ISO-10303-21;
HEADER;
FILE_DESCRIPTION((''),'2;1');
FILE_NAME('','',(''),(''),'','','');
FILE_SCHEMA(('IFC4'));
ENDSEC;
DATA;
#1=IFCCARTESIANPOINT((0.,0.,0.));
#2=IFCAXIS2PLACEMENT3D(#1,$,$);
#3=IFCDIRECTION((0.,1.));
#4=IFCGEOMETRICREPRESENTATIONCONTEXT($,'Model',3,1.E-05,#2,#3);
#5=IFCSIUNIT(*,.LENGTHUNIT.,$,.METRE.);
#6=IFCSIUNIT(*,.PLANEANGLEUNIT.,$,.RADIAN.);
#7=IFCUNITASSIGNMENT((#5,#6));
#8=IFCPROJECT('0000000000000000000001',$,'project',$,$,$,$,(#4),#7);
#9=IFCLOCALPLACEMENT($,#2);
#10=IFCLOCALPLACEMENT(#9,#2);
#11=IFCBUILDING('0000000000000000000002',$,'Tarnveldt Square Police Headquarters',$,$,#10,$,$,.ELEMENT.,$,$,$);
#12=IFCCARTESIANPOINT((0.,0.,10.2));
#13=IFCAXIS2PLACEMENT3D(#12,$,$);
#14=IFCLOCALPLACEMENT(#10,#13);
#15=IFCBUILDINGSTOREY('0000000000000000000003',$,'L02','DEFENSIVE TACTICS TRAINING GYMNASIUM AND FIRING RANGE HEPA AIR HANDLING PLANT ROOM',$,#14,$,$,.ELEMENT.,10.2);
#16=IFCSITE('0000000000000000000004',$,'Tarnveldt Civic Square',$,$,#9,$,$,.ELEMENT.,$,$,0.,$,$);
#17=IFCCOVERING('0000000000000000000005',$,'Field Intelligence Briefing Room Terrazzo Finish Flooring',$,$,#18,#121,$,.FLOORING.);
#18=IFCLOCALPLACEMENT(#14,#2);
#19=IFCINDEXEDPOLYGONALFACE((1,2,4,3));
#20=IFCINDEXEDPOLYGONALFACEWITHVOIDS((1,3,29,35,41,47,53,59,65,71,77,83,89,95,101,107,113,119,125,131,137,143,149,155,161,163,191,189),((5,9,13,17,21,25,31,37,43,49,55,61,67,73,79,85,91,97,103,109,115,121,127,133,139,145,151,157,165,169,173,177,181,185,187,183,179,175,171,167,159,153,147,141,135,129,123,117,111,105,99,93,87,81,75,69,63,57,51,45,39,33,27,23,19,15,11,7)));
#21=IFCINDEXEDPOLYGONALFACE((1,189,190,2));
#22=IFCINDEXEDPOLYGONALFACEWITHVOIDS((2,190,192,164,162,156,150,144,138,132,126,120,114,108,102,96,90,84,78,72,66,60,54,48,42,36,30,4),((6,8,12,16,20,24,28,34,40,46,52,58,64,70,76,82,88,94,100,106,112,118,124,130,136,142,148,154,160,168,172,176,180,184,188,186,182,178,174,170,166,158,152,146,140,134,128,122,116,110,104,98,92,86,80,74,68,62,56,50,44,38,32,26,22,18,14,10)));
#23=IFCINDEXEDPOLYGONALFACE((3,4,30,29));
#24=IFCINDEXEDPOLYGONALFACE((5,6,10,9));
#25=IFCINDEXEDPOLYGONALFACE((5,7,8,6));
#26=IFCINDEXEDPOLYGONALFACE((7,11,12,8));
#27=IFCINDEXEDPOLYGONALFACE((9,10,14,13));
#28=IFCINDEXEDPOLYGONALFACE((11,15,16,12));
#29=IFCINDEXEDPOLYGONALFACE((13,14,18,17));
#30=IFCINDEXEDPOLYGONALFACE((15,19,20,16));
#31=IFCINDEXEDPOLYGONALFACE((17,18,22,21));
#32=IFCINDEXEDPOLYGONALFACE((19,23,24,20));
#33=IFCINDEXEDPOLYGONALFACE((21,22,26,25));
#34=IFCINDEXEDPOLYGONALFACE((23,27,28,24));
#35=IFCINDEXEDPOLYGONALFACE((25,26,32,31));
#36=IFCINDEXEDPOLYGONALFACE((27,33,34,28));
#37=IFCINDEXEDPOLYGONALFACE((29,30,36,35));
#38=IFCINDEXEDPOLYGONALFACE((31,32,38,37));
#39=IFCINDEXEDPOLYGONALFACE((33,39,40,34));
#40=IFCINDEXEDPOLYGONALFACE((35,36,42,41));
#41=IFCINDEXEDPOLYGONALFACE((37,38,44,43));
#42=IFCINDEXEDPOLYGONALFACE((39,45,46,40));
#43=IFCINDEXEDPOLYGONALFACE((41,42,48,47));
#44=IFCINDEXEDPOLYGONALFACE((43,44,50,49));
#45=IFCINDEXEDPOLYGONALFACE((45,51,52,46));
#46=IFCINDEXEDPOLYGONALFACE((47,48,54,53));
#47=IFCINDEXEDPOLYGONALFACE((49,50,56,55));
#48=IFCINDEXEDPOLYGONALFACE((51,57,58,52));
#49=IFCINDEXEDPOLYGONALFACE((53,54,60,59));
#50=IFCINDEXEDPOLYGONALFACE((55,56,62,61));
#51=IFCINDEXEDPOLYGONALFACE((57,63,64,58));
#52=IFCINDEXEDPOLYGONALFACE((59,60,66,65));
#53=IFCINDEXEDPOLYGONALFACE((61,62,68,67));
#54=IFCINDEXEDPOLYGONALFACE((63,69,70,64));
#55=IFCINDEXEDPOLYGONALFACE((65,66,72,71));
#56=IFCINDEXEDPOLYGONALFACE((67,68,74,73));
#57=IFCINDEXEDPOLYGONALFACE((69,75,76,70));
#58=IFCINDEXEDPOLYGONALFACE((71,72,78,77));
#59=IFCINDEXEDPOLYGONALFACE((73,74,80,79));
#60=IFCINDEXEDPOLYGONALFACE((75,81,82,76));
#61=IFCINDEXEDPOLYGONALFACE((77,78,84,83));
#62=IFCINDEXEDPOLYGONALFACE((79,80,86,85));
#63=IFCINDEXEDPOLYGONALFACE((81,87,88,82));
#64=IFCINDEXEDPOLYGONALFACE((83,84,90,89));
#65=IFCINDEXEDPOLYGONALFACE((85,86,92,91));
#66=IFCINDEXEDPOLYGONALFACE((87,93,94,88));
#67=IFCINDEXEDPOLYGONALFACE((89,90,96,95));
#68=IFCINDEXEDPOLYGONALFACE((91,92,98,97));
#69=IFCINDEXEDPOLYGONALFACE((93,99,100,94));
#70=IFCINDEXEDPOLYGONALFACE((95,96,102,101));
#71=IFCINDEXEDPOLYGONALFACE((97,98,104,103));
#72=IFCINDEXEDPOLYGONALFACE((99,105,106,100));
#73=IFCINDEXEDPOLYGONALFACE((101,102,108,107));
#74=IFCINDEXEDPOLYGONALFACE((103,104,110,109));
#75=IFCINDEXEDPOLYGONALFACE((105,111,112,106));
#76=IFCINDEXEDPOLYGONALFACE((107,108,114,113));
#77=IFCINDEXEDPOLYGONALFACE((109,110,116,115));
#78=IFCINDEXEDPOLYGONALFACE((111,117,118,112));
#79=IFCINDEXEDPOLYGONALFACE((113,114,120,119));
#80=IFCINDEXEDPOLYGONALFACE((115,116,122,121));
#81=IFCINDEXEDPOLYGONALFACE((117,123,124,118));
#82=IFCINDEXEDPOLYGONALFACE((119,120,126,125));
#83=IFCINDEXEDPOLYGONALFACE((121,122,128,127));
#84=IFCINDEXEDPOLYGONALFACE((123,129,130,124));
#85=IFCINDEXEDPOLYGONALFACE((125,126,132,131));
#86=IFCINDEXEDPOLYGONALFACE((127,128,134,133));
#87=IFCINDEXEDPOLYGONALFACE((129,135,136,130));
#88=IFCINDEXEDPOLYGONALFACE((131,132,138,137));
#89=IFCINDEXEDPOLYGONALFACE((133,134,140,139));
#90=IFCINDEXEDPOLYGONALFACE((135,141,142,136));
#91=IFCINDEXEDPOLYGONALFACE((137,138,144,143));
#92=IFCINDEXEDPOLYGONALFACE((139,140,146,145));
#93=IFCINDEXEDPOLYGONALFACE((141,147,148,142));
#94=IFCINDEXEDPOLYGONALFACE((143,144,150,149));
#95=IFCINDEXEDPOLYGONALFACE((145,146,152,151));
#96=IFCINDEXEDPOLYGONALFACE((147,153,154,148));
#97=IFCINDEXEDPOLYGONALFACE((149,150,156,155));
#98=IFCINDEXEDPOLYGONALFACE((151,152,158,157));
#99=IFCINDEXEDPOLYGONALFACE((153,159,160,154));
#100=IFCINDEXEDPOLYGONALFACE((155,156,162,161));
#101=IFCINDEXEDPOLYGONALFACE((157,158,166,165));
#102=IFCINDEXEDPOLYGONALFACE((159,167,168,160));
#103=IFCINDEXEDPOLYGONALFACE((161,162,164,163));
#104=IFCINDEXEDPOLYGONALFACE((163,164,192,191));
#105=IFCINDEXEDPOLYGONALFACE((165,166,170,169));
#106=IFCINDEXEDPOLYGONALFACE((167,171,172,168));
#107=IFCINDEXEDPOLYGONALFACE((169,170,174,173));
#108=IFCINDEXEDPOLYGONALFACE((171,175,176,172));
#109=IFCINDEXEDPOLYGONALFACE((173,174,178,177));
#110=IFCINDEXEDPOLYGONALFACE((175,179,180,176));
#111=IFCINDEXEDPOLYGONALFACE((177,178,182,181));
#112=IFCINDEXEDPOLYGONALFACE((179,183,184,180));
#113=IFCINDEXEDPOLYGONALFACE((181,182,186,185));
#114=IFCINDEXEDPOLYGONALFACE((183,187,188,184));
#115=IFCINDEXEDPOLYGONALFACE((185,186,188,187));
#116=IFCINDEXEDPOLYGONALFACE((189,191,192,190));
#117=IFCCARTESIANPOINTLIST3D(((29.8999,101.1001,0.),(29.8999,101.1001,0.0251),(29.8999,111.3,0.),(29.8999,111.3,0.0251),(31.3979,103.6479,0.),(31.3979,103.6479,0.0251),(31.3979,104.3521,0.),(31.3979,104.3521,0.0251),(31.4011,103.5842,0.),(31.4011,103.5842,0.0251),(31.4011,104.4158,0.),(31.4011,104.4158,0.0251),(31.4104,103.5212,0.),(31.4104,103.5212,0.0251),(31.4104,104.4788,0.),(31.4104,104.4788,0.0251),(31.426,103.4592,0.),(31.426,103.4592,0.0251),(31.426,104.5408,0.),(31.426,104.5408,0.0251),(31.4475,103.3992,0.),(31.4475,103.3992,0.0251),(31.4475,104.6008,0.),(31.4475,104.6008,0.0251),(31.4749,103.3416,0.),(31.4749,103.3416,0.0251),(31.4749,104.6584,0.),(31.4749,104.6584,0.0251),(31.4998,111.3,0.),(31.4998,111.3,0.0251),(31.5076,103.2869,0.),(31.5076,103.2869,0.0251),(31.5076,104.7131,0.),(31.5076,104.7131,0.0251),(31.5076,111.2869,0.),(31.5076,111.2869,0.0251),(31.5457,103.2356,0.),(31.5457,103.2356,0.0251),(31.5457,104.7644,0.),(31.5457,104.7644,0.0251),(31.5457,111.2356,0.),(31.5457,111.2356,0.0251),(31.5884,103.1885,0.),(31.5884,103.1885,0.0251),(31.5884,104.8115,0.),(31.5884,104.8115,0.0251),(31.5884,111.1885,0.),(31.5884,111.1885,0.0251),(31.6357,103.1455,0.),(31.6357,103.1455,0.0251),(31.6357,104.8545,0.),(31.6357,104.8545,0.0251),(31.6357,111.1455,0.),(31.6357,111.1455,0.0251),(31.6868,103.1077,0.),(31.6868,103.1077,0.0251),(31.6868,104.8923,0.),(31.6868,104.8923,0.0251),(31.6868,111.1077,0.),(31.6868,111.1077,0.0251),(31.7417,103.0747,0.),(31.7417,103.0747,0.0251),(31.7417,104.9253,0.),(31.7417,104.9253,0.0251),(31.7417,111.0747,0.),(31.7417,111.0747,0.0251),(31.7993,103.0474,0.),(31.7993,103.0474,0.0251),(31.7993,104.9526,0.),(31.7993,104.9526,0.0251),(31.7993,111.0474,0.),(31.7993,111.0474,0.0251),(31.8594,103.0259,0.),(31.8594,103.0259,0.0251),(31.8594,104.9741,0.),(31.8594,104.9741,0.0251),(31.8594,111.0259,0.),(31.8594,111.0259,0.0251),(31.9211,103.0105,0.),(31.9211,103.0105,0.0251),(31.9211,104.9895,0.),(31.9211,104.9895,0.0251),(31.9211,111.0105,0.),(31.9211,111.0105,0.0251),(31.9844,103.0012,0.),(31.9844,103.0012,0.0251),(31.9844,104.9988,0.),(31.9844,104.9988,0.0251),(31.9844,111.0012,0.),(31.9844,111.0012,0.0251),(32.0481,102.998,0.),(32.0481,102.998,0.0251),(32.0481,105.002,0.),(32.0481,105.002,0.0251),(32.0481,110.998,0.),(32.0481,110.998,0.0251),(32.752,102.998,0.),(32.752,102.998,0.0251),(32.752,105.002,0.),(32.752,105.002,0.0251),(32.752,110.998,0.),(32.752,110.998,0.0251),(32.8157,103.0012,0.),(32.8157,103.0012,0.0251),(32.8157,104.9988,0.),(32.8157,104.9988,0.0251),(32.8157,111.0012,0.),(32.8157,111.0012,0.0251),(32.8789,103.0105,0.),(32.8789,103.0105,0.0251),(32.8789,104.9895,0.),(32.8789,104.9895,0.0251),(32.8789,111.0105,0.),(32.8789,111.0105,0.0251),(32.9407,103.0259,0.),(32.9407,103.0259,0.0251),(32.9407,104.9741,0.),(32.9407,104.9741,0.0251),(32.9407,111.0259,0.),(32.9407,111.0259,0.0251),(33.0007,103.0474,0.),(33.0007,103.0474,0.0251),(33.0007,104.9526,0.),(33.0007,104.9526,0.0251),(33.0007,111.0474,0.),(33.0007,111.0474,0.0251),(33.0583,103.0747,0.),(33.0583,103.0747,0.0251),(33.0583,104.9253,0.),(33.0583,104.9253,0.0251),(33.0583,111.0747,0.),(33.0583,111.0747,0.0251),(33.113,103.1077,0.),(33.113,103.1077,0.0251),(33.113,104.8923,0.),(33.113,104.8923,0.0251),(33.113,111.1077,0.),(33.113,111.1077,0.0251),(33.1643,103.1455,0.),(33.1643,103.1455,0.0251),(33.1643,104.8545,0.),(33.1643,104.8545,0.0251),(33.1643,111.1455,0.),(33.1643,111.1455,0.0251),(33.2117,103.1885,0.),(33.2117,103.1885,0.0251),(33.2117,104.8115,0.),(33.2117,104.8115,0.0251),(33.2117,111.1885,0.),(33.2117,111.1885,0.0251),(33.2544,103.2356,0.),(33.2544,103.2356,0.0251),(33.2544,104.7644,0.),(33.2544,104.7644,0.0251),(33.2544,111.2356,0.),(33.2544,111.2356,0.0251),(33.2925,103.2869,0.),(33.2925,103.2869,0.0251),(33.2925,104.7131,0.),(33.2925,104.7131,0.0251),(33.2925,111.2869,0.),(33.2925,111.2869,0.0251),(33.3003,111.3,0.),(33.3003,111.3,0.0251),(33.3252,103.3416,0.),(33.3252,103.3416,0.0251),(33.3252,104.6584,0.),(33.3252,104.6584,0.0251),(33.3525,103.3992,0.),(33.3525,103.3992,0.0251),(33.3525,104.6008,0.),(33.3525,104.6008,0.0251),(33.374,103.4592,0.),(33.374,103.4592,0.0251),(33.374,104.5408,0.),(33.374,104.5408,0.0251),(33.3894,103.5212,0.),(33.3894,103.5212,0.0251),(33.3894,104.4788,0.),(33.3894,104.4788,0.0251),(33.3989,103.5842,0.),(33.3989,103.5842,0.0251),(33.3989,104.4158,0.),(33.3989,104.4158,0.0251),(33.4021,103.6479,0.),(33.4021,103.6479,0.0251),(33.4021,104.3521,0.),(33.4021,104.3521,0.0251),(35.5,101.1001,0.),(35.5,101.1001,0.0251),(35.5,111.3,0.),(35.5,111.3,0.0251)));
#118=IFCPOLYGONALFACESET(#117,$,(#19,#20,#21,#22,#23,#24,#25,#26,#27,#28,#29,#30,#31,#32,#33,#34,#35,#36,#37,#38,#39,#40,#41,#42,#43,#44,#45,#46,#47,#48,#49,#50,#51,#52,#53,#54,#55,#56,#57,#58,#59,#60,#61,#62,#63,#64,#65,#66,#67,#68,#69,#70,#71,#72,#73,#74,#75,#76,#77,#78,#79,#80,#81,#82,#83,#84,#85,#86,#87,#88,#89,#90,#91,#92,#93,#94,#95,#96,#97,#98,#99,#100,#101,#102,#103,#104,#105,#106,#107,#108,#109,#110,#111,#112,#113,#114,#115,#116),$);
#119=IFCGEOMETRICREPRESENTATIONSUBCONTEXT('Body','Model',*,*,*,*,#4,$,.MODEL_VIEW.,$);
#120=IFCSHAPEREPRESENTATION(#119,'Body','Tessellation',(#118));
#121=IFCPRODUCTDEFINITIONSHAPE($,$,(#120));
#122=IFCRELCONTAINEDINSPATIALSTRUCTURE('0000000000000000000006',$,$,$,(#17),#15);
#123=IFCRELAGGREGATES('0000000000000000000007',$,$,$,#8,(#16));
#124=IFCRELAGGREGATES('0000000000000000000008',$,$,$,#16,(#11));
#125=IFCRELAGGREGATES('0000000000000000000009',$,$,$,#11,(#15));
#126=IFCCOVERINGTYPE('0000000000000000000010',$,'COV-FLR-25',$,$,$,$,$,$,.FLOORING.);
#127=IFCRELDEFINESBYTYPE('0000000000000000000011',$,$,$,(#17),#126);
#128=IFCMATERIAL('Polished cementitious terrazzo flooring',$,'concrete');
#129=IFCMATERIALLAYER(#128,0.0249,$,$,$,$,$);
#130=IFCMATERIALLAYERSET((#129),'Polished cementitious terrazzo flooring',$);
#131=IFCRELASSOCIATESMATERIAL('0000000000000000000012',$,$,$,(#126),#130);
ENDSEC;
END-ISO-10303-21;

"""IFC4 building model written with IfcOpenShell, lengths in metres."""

from ifc_helpers import new_model, si_unit, direction, frame, origin, place, context, subcontext, project, spatial, polyline, outline, extrude, material, layer, layer_set, type_object, element, save


model = new_model("IFC4")

# Units and contexts
model_context = context("Model", 3, precision=1e-05, world=origin(), true_north=direction((0.0, 1.0)))
body_context = subcontext(model_context, "Body", "Model", "MODEL_VIEW")
ifc_project = project(units=[si_unit("LENGTHUNIT", "METRE"), si_unit("PLANEANGLEUNIT", "RADIAN")], contexts=[model_context])

# Site, building, storey
site_placement = place(None, origin())
site = spatial("IfcSite", under=ifc_project, at=site_placement, Name="Tarnveldt Civic Square", CompositionType="ELEMENT", RefElevation=0.0)
building_placement = place(site_placement, origin())
building = spatial("IfcBuilding", under=site, at=building_placement, Name="Tarnveldt Square Police Headquarters", CompositionType="ELEMENT")
storey_placement = place(building_placement, frame((0.0, 0.0, 10.2)))
storey = spatial("IfcBuildingStorey", under=building, at=storey_placement, Name="L02", Description="DEFENSIVE TACTICS TRAINING GYMNASIUM AND FIRING RANGE HEPA AIR HANDLING PLANT ROOM", CompositionType="ELEMENT", Elevation=10.2)

# Covering
ifc_material_1 = material(Name="Polished cementitious terrazzo flooring", Category="concrete")
ifc_layer_1 = layer(ifc_material_1, 0.0249)
ifc_layer_set_1 = layer_set([ifc_layer_1], Name="Polished cementitious terrazzo flooring")
covering_type_1 = type_object("IfcCoveringType", Name="COV-FLR-25", PredefinedType="FLOORING", material=ifc_layer_set_1)
covering_1_placement = place(storey_placement, origin())
element("IfcCovering", 1, at=covering_1_placement, inside=storey, type_object=covering_type_1, Name="Field Intelligence Briefing Room Terrazzo Finish Flooring", PredefinedType="FLOORING", context=body_context, shape_type="SweptSolid", body=[
    extrude(outline(polyline([(31.4998, 111.3), (31.5076, 111.2869), (31.5457, 111.2356), (31.5884, 111.1885), (31.6357, 111.1455), (31.6868, 111.1077), (31.7417, 111.0747), (31.7993, 111.0474), (31.8594, 111.0259), (31.9211, 111.0105), (31.9844, 111.0012), (32.0481, 110.998), (32.752, 110.998), (32.8157, 111.0012), (32.8789, 111.0105), (32.9407, 111.0259), (33.0007, 111.0474), (33.0583, 111.0747), (33.113, 111.1077), (33.1643, 111.1455), (33.2117, 111.1885), (33.2544, 111.2356), (33.2925, 111.2869), (33.3003, 111.3), (35.5, 111.3), (35.5, 101.1001), (29.8999, 101.1001), (29.8999, 111.3), (31.4998, 111.3)]), holes=[polyline([(32.0481, 105.002), (31.9844, 104.9988), (31.9211, 104.9895), (31.8594, 104.9741), (31.7993, 104.9526), (31.7417, 104.9253), (31.6868, 104.8923), (31.6357, 104.8545), (31.5884, 104.8115), (31.5457, 104.7644), (31.5076, 104.7131), (31.4749, 104.6584), (31.4475, 104.6008), (31.426, 104.5408), (31.4104, 104.4788), (31.4011, 104.4158), (31.3979, 104.3521), (31.3979, 103.6479), (31.4011, 103.5842), (31.4104, 103.5212), (31.426, 103.4592), (31.4475, 103.3992), (31.4749, 103.3416), (31.5076, 103.2869), (31.5457, 103.2356), (31.5884, 103.1885), (31.6357, 103.1455), (31.6868, 103.1077), (31.7417, 103.0747), (31.7993, 103.0474), (31.8594, 103.0259), (31.9211, 103.0105), (31.9844, 103.0012), (32.0481, 102.998), (32.752, 102.998), (32.8157, 103.0012), (32.8789, 103.0105), (32.9407, 103.0259), (33.0007, 103.0474), (33.0583, 103.0747), (33.113, 103.1077), (33.1643, 103.1455), (33.2117, 103.1885), (33.2544, 103.2356), (33.2925, 103.2869), (33.3252, 103.3416), (33.3525, 103.3992), (33.374, 103.4592), (33.3894, 103.5212), (33.3989, 103.5842), (33.4021, 103.6479), (33.4021, 104.3521), (33.3989, 104.4158), (33.3894, 104.4788), (33.374, 104.5408), (33.3525, 104.6008), (33.3252, 104.6584), (33.2925, 104.7131), (33.2544, 104.7644), (33.2117, 104.8115), (33.1643, 104.8545), (33.113, 104.8923), (33.0583, 104.9253), (33.0007, 104.9526), (32.9407, 104.9741), (32.8789, 104.9895), (32.8157, 104.9988), (32.752, 105.002), (32.0481, 105.002)])]), origin(), (0.0, 0.0, 1.0), 0.0251),
])

save(model, "model.ifc")
